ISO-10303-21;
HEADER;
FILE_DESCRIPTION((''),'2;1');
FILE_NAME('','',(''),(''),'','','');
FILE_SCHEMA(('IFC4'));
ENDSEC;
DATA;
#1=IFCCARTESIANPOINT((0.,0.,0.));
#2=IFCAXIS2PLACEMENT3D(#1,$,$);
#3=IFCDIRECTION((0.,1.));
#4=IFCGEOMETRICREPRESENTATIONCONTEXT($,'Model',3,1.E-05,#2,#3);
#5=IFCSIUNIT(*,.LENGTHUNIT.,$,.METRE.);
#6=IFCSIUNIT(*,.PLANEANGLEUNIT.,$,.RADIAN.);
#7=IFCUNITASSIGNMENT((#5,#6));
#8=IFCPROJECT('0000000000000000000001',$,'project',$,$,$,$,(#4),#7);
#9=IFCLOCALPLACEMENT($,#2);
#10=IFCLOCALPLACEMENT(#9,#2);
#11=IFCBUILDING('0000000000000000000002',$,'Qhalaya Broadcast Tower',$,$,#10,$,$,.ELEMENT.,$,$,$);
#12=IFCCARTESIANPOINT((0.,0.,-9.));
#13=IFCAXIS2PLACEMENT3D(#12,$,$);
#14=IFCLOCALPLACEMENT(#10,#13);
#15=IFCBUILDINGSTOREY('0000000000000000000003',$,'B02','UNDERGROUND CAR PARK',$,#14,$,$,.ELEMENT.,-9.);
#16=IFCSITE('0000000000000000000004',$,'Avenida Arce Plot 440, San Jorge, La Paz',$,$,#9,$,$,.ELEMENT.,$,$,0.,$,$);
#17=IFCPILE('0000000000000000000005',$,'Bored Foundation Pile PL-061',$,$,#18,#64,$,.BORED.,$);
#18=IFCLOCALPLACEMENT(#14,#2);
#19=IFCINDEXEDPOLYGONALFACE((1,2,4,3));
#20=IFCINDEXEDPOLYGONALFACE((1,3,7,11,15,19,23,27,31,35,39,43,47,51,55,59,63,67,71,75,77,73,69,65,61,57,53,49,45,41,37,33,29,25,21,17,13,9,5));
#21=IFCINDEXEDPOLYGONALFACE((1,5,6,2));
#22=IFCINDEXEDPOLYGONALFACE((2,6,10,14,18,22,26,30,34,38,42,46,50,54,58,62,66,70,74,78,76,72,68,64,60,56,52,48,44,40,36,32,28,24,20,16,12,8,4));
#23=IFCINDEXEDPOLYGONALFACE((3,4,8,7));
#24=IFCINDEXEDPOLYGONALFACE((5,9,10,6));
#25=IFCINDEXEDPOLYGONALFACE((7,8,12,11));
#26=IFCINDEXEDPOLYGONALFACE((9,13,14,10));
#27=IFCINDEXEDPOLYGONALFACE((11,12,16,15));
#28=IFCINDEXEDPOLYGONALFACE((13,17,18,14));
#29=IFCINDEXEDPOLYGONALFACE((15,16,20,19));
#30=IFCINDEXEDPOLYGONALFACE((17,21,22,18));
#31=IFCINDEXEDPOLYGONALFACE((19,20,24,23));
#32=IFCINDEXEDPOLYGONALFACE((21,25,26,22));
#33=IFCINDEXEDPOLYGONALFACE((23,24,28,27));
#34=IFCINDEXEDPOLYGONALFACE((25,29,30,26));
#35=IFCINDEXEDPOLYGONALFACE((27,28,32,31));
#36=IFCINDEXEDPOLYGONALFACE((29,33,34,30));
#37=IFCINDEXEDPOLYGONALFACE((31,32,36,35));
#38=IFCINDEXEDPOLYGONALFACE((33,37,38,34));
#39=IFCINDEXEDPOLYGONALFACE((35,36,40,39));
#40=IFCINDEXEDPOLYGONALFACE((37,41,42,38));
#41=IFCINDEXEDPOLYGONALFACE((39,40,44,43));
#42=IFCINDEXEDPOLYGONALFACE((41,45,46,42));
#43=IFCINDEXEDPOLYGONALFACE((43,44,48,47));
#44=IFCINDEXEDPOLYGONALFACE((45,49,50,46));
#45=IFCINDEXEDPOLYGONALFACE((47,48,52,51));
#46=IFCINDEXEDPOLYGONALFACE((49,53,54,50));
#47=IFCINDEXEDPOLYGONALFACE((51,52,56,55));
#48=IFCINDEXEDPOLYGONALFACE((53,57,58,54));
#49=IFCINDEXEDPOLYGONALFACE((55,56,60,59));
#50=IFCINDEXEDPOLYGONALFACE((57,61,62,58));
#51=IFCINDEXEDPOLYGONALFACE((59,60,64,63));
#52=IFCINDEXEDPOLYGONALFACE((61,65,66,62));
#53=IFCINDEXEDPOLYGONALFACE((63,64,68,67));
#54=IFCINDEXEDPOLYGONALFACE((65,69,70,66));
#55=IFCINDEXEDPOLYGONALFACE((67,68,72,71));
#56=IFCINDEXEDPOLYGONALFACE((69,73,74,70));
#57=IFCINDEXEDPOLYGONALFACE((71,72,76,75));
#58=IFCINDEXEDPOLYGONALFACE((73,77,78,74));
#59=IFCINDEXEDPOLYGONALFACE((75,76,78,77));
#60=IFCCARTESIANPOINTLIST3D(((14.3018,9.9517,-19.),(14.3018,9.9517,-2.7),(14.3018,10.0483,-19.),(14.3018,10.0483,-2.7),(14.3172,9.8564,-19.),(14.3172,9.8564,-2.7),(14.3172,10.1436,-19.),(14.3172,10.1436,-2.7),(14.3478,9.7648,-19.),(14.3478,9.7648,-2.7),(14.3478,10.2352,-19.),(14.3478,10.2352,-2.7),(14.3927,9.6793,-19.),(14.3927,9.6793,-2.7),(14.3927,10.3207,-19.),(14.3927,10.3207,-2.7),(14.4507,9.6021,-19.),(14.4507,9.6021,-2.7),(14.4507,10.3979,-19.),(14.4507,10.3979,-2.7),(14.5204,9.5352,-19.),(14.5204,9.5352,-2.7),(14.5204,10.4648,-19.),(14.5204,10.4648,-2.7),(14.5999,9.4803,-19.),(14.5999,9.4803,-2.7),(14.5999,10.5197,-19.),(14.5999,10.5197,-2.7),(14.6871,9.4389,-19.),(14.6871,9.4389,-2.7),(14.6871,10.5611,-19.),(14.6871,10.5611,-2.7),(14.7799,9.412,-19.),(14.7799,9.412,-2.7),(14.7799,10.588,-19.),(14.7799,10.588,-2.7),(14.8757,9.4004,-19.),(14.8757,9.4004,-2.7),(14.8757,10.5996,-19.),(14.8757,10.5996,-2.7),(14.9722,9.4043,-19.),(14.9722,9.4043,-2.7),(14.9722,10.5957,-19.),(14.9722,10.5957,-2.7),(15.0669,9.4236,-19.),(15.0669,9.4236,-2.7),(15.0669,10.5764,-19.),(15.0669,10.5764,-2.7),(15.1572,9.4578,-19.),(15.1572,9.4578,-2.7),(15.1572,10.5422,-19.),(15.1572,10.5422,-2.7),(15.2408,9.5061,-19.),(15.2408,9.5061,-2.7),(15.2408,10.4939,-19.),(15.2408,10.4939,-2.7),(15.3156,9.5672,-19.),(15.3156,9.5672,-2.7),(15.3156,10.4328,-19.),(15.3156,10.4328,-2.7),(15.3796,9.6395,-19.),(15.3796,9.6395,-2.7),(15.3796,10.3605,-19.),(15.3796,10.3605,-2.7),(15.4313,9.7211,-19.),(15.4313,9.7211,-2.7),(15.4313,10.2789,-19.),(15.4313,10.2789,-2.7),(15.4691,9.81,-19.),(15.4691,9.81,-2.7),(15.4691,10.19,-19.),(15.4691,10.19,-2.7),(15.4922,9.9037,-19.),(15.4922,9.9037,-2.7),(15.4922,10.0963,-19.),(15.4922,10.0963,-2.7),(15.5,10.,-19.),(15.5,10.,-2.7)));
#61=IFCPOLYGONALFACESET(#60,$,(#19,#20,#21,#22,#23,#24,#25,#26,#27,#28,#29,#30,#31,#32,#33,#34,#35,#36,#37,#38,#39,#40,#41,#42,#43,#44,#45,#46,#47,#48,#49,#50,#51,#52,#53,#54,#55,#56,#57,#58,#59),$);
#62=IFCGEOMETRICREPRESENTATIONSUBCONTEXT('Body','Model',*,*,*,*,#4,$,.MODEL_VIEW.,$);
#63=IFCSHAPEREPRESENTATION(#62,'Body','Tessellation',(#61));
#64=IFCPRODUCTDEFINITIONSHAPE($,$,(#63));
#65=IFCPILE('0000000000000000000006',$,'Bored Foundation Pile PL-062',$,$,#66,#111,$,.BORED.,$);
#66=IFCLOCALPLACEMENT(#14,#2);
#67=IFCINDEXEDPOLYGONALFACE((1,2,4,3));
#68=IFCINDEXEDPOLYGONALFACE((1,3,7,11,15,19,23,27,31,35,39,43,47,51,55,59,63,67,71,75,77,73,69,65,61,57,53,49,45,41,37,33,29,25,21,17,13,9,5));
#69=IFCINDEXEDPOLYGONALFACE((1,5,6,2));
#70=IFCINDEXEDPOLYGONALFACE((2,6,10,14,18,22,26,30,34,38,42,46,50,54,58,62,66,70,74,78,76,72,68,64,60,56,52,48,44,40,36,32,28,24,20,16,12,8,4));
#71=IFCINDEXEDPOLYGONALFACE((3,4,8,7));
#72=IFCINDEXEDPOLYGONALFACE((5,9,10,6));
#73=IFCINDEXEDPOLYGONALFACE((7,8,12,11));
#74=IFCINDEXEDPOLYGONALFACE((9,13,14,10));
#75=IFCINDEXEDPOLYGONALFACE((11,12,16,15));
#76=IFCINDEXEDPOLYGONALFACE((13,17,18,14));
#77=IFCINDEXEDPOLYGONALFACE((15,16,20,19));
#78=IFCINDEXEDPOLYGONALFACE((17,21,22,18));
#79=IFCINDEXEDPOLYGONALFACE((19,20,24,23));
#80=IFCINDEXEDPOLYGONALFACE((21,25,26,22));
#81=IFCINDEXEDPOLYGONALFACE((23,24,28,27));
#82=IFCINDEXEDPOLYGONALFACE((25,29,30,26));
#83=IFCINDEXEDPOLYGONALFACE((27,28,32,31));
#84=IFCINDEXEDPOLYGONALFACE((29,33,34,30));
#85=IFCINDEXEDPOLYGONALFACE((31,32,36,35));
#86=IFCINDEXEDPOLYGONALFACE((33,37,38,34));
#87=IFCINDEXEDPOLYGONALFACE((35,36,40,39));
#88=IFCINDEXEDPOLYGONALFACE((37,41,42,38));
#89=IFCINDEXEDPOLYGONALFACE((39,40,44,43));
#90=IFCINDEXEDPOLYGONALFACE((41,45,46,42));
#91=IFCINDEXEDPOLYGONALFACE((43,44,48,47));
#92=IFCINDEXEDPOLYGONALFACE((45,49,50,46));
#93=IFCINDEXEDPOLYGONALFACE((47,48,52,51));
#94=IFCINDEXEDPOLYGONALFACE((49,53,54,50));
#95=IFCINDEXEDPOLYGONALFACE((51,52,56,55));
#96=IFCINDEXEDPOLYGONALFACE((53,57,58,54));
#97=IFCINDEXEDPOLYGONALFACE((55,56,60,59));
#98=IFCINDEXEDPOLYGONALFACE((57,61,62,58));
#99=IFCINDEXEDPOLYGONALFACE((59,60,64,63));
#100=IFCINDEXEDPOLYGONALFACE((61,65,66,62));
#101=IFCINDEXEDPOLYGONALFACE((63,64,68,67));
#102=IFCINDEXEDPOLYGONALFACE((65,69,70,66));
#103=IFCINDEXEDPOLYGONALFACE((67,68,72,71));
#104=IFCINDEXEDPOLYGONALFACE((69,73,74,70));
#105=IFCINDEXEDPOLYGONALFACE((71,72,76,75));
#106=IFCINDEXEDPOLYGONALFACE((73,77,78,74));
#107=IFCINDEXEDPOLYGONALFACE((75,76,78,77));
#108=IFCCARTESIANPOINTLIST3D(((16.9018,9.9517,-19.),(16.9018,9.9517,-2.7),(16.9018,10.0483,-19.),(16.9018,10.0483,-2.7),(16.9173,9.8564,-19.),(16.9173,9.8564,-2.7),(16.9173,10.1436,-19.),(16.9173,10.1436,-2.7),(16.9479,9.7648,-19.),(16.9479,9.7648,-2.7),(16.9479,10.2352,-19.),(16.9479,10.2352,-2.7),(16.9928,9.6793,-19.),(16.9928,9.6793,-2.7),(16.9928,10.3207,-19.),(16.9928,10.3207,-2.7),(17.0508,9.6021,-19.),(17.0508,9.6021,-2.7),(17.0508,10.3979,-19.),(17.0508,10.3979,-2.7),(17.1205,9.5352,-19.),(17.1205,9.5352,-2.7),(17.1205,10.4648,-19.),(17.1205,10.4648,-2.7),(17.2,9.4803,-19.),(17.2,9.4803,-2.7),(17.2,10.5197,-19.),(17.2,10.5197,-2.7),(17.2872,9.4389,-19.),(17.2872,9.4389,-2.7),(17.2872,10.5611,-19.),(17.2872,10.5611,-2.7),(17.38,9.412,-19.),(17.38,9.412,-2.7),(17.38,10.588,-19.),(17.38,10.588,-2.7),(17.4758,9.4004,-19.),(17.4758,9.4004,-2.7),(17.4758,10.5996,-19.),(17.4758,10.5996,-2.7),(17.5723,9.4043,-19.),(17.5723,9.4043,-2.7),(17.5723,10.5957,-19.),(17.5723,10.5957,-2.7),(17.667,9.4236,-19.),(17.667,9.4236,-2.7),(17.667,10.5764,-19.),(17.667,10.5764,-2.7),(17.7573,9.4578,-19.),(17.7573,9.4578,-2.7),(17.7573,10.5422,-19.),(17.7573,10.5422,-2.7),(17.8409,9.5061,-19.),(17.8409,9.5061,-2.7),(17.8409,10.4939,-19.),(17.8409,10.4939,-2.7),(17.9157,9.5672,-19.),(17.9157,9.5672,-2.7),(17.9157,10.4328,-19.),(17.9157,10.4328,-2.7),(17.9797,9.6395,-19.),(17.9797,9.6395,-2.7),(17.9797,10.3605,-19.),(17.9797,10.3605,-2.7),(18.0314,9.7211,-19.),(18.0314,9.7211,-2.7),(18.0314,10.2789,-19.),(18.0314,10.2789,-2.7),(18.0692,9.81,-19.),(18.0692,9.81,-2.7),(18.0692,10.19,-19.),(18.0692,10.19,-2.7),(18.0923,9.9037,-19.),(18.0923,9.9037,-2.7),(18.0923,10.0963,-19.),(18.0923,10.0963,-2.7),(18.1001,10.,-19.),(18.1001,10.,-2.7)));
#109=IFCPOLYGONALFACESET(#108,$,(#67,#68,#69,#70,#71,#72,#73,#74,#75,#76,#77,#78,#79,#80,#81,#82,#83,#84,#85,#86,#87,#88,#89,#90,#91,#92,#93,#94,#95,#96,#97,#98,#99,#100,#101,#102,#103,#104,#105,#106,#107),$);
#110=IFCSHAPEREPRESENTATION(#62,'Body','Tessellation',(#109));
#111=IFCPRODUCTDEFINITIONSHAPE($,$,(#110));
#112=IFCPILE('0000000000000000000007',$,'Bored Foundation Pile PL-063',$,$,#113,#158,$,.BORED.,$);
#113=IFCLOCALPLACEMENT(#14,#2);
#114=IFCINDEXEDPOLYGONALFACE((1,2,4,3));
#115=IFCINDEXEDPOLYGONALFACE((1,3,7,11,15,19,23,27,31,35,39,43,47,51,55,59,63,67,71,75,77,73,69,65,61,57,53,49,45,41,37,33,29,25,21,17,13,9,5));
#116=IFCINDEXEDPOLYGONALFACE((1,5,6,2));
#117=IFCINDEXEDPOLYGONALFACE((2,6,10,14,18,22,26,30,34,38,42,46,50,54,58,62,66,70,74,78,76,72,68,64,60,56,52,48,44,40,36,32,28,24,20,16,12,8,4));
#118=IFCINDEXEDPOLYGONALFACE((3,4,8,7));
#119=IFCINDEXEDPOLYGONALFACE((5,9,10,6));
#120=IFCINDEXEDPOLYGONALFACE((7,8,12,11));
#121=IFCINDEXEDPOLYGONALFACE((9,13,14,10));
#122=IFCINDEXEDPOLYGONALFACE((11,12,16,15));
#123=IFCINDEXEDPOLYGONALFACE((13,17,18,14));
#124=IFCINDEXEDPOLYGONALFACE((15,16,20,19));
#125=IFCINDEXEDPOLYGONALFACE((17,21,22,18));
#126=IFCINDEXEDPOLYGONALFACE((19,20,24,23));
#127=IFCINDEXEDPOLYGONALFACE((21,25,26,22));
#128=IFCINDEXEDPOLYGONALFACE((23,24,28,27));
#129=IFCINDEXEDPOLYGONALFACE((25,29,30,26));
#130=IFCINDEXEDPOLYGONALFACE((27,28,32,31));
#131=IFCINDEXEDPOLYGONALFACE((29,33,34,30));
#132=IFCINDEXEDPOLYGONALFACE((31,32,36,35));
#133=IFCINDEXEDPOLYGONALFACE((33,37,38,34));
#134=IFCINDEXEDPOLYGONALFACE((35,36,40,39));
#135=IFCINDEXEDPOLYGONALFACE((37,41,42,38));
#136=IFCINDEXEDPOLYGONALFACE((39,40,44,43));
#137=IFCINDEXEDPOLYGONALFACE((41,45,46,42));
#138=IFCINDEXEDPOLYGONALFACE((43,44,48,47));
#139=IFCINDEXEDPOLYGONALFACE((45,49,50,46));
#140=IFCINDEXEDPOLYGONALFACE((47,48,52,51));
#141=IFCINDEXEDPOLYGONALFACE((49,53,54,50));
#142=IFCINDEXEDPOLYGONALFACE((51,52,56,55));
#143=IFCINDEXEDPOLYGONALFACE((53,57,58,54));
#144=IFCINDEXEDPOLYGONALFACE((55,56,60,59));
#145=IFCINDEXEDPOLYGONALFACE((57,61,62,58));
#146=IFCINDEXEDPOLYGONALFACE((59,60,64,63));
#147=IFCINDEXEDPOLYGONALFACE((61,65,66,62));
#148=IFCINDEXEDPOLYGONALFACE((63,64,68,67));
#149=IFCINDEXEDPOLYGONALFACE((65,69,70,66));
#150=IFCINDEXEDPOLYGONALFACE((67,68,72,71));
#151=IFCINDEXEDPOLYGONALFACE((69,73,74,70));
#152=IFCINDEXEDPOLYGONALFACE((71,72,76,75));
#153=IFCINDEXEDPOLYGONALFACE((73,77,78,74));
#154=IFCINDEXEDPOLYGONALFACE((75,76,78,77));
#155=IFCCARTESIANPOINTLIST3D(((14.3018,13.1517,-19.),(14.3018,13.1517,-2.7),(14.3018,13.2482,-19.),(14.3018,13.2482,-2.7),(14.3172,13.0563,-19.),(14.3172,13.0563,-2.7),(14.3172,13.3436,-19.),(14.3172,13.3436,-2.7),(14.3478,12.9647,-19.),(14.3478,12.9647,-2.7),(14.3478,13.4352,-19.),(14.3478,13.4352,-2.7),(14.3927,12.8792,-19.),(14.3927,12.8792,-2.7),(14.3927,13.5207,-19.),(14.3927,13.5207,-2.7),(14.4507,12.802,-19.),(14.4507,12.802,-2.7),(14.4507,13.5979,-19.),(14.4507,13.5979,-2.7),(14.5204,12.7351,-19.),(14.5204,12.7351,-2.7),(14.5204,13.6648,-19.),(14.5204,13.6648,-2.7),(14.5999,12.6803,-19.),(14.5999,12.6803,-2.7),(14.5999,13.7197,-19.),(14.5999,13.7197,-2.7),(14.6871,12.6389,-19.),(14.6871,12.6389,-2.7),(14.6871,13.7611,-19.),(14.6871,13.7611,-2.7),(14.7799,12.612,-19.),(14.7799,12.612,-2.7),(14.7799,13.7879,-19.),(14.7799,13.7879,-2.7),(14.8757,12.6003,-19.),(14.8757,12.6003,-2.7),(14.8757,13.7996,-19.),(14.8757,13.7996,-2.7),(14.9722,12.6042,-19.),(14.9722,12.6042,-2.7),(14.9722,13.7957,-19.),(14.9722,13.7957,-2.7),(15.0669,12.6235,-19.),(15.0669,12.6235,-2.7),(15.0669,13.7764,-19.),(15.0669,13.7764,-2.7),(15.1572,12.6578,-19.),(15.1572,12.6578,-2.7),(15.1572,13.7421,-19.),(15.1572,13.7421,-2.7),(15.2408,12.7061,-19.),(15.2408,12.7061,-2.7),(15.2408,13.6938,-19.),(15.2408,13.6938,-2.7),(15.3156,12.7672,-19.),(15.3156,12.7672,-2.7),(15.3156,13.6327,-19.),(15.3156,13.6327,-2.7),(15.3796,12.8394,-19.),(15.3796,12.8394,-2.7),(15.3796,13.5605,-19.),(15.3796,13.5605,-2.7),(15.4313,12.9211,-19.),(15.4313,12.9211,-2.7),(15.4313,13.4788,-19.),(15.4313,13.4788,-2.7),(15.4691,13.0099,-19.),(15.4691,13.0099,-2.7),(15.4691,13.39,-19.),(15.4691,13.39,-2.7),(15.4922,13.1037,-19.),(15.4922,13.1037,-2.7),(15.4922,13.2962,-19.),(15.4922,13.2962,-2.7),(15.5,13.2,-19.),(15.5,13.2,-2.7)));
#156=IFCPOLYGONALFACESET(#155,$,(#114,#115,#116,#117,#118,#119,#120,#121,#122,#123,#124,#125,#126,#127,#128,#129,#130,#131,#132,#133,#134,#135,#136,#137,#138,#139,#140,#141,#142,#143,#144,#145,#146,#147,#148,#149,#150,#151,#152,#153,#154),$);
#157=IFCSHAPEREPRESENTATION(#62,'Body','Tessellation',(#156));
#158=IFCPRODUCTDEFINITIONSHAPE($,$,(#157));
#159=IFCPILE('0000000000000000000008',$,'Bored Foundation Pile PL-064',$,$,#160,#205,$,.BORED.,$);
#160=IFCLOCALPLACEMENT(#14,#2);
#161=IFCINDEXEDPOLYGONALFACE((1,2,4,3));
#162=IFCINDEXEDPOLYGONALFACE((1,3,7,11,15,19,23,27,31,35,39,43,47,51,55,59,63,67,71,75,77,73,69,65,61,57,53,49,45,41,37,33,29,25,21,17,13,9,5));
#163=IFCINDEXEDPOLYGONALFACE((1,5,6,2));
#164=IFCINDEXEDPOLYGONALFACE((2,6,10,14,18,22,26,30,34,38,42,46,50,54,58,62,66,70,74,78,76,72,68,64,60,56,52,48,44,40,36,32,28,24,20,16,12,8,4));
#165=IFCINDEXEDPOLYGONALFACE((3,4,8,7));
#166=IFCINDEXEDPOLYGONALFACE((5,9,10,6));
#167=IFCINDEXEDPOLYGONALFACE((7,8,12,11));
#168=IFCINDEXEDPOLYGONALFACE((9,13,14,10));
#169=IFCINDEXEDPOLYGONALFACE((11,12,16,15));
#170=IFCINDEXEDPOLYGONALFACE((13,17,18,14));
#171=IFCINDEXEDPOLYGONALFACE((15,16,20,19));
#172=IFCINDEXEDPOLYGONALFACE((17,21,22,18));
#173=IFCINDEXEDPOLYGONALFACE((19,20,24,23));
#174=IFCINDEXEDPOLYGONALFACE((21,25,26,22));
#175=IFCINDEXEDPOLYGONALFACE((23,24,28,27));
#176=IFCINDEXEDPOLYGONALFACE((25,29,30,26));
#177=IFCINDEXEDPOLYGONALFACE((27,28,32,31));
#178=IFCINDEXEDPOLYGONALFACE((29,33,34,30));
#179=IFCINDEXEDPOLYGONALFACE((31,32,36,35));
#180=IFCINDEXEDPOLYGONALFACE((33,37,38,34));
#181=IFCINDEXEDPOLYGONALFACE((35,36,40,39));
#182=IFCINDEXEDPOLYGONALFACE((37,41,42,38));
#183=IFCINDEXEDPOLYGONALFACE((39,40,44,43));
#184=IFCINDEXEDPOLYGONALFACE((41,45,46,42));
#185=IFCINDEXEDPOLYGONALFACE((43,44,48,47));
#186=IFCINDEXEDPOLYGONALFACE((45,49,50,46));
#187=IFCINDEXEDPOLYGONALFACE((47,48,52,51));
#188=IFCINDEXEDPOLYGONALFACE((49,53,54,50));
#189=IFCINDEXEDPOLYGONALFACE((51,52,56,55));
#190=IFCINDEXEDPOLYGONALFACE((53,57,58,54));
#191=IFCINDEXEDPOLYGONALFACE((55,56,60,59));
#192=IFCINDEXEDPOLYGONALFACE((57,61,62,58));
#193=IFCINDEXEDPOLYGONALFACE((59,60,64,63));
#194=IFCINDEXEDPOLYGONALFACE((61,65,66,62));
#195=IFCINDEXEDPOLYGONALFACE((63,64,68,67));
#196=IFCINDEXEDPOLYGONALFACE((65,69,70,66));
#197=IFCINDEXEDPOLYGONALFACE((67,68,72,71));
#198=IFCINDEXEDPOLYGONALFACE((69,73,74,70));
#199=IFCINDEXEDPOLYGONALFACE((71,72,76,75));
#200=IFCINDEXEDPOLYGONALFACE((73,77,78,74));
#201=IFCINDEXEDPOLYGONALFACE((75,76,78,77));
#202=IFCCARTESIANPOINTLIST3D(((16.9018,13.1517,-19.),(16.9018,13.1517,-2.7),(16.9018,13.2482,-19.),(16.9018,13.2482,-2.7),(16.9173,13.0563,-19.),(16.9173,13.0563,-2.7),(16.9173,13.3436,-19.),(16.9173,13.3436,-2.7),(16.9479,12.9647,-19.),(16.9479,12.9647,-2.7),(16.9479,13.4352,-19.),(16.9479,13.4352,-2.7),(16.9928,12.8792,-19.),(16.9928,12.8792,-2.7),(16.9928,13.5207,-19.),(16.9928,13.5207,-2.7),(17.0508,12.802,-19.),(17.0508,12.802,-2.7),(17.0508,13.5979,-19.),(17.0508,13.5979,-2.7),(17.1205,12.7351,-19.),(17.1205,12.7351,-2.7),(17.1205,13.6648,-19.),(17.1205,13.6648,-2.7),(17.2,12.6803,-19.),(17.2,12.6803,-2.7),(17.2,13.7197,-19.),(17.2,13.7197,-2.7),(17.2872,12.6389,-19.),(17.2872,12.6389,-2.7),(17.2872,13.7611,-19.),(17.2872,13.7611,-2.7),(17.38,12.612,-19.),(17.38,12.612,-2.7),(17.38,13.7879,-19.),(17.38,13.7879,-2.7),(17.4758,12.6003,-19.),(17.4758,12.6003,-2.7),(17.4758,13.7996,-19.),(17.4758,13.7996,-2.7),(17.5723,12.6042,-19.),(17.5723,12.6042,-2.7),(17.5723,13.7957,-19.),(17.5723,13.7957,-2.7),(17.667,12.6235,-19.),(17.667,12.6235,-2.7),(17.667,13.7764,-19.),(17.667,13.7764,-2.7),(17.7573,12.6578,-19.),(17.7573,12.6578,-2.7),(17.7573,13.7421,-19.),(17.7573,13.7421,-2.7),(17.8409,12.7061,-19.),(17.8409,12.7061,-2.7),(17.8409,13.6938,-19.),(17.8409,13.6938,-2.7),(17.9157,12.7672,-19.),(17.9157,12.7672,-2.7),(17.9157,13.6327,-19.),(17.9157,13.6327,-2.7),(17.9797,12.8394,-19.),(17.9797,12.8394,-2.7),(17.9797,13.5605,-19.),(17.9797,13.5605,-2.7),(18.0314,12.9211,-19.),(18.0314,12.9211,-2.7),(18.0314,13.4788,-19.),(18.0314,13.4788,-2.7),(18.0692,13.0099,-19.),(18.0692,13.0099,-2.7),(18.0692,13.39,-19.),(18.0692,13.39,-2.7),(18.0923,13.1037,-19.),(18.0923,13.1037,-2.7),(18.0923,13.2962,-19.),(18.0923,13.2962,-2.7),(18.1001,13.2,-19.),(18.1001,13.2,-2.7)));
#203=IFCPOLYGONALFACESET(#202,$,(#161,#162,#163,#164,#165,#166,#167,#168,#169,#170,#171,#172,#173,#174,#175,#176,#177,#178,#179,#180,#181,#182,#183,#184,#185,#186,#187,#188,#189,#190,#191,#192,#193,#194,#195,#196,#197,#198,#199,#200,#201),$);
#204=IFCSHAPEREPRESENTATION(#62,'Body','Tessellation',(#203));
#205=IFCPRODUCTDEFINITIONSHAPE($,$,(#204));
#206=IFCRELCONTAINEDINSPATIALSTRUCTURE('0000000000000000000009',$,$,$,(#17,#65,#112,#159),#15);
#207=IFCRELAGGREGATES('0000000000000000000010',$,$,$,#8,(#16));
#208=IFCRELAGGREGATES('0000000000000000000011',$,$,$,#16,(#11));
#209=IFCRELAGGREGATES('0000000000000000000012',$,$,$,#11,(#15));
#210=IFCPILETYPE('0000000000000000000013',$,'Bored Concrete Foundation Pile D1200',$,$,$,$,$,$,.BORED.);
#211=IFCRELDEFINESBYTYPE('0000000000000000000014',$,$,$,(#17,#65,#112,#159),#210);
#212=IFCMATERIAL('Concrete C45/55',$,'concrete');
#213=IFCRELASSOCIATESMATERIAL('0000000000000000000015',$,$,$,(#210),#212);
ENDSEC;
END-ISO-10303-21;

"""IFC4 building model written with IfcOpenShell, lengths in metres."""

from ifc_helpers import new_model, si_unit, direction, frame, origin, origin_2d, place, context, subcontext, project, spatial, circle, extrude, material, material_profile, profile_set, type_object, element, save


model = new_model("IFC4")

# Units and contexts
model_context = context("Model", 3, precision=1e-05, world=origin(), true_north=direction((0.0, 1.0)))
body_context = subcontext(model_context, "Body", "Model", "MODEL_VIEW")
ifc_project = project(units=[si_unit("LENGTHUNIT", "METRE"), si_unit("PLANEANGLEUNIT", "RADIAN")], contexts=[model_context])

# Site, building, storey
site_placement = place(None, origin())
site = spatial("IfcSite", under=ifc_project, at=site_placement, Name="Avenida Arce Plot 440, San Jorge, La Paz", CompositionType="ELEMENT", RefElevation=0.0)
building_placement = place(site_placement, origin())
building = spatial("IfcBuilding", under=site, at=building_placement, Name="Qhalaya Broadcast Tower", CompositionType="ELEMENT")
storey_placement = place(building_placement, frame((0.0, 0.0, -9.0)))
storey = spatial("IfcBuildingStorey", under=building, at=storey_placement, Name="B02", Description="UNDERGROUND CAR PARK", CompositionType="ELEMENT", Elevation=-9.0)

# Piles
ifc_material_1 = material(Name="Concrete C45/55", Category="concrete")
ifc_material_profile_1 = material_profile(ifc_material_1, circle(Radius=0.6001, at=origin_2d()), Name="PILE D1200")
ifc_profile_set_1 = profile_set([ifc_material_profile_1], Name="Concrete C45/55")
pile_type = type_object("IfcPileType", Name="Bored Concrete Foundation Pile D1200", PredefinedType="BORED", material=ifc_profile_set_1)
for number, where, z_axis, x_axis, name in (
    (1, (14.8999, 10.0, -2.7), (0.0, 0.0, -1.0), (1.0, 0.0, 0.0), "Bored Foundation Pile PL-061"),
    (2, (17.5, 10.0, -2.7), (0.0, 0.0, -1.0), (1.0, 0.0, 0.0), "Bored Foundation Pile PL-062"),
    (3, (14.8999, 13.2, -2.7), (0.0, 0.0, -1.0), (1.0, 0.0, 0.0), "Bored Foundation Pile PL-063"),
    (4, (17.5, 13.2, -2.7), (0.0, 0.0, -1.0), (1.0, 0.0, 0.0), "Bored Foundation Pile PL-064"),
):
    element("IfcPile", number, at=place(storey_placement, frame(where, z_axis=z_axis, x_axis=x_axis)), inside=storey, type_object=pile_type, Name=name, PredefinedType="BORED", context=body_context, shape_type="SweptSolid", body=[
        extrude(circle(Radius=0.6001, at=origin_2d()), origin(), (0.0, 0.0, 1.0), 16.3),
    ])

save(model, "model.ifc")
